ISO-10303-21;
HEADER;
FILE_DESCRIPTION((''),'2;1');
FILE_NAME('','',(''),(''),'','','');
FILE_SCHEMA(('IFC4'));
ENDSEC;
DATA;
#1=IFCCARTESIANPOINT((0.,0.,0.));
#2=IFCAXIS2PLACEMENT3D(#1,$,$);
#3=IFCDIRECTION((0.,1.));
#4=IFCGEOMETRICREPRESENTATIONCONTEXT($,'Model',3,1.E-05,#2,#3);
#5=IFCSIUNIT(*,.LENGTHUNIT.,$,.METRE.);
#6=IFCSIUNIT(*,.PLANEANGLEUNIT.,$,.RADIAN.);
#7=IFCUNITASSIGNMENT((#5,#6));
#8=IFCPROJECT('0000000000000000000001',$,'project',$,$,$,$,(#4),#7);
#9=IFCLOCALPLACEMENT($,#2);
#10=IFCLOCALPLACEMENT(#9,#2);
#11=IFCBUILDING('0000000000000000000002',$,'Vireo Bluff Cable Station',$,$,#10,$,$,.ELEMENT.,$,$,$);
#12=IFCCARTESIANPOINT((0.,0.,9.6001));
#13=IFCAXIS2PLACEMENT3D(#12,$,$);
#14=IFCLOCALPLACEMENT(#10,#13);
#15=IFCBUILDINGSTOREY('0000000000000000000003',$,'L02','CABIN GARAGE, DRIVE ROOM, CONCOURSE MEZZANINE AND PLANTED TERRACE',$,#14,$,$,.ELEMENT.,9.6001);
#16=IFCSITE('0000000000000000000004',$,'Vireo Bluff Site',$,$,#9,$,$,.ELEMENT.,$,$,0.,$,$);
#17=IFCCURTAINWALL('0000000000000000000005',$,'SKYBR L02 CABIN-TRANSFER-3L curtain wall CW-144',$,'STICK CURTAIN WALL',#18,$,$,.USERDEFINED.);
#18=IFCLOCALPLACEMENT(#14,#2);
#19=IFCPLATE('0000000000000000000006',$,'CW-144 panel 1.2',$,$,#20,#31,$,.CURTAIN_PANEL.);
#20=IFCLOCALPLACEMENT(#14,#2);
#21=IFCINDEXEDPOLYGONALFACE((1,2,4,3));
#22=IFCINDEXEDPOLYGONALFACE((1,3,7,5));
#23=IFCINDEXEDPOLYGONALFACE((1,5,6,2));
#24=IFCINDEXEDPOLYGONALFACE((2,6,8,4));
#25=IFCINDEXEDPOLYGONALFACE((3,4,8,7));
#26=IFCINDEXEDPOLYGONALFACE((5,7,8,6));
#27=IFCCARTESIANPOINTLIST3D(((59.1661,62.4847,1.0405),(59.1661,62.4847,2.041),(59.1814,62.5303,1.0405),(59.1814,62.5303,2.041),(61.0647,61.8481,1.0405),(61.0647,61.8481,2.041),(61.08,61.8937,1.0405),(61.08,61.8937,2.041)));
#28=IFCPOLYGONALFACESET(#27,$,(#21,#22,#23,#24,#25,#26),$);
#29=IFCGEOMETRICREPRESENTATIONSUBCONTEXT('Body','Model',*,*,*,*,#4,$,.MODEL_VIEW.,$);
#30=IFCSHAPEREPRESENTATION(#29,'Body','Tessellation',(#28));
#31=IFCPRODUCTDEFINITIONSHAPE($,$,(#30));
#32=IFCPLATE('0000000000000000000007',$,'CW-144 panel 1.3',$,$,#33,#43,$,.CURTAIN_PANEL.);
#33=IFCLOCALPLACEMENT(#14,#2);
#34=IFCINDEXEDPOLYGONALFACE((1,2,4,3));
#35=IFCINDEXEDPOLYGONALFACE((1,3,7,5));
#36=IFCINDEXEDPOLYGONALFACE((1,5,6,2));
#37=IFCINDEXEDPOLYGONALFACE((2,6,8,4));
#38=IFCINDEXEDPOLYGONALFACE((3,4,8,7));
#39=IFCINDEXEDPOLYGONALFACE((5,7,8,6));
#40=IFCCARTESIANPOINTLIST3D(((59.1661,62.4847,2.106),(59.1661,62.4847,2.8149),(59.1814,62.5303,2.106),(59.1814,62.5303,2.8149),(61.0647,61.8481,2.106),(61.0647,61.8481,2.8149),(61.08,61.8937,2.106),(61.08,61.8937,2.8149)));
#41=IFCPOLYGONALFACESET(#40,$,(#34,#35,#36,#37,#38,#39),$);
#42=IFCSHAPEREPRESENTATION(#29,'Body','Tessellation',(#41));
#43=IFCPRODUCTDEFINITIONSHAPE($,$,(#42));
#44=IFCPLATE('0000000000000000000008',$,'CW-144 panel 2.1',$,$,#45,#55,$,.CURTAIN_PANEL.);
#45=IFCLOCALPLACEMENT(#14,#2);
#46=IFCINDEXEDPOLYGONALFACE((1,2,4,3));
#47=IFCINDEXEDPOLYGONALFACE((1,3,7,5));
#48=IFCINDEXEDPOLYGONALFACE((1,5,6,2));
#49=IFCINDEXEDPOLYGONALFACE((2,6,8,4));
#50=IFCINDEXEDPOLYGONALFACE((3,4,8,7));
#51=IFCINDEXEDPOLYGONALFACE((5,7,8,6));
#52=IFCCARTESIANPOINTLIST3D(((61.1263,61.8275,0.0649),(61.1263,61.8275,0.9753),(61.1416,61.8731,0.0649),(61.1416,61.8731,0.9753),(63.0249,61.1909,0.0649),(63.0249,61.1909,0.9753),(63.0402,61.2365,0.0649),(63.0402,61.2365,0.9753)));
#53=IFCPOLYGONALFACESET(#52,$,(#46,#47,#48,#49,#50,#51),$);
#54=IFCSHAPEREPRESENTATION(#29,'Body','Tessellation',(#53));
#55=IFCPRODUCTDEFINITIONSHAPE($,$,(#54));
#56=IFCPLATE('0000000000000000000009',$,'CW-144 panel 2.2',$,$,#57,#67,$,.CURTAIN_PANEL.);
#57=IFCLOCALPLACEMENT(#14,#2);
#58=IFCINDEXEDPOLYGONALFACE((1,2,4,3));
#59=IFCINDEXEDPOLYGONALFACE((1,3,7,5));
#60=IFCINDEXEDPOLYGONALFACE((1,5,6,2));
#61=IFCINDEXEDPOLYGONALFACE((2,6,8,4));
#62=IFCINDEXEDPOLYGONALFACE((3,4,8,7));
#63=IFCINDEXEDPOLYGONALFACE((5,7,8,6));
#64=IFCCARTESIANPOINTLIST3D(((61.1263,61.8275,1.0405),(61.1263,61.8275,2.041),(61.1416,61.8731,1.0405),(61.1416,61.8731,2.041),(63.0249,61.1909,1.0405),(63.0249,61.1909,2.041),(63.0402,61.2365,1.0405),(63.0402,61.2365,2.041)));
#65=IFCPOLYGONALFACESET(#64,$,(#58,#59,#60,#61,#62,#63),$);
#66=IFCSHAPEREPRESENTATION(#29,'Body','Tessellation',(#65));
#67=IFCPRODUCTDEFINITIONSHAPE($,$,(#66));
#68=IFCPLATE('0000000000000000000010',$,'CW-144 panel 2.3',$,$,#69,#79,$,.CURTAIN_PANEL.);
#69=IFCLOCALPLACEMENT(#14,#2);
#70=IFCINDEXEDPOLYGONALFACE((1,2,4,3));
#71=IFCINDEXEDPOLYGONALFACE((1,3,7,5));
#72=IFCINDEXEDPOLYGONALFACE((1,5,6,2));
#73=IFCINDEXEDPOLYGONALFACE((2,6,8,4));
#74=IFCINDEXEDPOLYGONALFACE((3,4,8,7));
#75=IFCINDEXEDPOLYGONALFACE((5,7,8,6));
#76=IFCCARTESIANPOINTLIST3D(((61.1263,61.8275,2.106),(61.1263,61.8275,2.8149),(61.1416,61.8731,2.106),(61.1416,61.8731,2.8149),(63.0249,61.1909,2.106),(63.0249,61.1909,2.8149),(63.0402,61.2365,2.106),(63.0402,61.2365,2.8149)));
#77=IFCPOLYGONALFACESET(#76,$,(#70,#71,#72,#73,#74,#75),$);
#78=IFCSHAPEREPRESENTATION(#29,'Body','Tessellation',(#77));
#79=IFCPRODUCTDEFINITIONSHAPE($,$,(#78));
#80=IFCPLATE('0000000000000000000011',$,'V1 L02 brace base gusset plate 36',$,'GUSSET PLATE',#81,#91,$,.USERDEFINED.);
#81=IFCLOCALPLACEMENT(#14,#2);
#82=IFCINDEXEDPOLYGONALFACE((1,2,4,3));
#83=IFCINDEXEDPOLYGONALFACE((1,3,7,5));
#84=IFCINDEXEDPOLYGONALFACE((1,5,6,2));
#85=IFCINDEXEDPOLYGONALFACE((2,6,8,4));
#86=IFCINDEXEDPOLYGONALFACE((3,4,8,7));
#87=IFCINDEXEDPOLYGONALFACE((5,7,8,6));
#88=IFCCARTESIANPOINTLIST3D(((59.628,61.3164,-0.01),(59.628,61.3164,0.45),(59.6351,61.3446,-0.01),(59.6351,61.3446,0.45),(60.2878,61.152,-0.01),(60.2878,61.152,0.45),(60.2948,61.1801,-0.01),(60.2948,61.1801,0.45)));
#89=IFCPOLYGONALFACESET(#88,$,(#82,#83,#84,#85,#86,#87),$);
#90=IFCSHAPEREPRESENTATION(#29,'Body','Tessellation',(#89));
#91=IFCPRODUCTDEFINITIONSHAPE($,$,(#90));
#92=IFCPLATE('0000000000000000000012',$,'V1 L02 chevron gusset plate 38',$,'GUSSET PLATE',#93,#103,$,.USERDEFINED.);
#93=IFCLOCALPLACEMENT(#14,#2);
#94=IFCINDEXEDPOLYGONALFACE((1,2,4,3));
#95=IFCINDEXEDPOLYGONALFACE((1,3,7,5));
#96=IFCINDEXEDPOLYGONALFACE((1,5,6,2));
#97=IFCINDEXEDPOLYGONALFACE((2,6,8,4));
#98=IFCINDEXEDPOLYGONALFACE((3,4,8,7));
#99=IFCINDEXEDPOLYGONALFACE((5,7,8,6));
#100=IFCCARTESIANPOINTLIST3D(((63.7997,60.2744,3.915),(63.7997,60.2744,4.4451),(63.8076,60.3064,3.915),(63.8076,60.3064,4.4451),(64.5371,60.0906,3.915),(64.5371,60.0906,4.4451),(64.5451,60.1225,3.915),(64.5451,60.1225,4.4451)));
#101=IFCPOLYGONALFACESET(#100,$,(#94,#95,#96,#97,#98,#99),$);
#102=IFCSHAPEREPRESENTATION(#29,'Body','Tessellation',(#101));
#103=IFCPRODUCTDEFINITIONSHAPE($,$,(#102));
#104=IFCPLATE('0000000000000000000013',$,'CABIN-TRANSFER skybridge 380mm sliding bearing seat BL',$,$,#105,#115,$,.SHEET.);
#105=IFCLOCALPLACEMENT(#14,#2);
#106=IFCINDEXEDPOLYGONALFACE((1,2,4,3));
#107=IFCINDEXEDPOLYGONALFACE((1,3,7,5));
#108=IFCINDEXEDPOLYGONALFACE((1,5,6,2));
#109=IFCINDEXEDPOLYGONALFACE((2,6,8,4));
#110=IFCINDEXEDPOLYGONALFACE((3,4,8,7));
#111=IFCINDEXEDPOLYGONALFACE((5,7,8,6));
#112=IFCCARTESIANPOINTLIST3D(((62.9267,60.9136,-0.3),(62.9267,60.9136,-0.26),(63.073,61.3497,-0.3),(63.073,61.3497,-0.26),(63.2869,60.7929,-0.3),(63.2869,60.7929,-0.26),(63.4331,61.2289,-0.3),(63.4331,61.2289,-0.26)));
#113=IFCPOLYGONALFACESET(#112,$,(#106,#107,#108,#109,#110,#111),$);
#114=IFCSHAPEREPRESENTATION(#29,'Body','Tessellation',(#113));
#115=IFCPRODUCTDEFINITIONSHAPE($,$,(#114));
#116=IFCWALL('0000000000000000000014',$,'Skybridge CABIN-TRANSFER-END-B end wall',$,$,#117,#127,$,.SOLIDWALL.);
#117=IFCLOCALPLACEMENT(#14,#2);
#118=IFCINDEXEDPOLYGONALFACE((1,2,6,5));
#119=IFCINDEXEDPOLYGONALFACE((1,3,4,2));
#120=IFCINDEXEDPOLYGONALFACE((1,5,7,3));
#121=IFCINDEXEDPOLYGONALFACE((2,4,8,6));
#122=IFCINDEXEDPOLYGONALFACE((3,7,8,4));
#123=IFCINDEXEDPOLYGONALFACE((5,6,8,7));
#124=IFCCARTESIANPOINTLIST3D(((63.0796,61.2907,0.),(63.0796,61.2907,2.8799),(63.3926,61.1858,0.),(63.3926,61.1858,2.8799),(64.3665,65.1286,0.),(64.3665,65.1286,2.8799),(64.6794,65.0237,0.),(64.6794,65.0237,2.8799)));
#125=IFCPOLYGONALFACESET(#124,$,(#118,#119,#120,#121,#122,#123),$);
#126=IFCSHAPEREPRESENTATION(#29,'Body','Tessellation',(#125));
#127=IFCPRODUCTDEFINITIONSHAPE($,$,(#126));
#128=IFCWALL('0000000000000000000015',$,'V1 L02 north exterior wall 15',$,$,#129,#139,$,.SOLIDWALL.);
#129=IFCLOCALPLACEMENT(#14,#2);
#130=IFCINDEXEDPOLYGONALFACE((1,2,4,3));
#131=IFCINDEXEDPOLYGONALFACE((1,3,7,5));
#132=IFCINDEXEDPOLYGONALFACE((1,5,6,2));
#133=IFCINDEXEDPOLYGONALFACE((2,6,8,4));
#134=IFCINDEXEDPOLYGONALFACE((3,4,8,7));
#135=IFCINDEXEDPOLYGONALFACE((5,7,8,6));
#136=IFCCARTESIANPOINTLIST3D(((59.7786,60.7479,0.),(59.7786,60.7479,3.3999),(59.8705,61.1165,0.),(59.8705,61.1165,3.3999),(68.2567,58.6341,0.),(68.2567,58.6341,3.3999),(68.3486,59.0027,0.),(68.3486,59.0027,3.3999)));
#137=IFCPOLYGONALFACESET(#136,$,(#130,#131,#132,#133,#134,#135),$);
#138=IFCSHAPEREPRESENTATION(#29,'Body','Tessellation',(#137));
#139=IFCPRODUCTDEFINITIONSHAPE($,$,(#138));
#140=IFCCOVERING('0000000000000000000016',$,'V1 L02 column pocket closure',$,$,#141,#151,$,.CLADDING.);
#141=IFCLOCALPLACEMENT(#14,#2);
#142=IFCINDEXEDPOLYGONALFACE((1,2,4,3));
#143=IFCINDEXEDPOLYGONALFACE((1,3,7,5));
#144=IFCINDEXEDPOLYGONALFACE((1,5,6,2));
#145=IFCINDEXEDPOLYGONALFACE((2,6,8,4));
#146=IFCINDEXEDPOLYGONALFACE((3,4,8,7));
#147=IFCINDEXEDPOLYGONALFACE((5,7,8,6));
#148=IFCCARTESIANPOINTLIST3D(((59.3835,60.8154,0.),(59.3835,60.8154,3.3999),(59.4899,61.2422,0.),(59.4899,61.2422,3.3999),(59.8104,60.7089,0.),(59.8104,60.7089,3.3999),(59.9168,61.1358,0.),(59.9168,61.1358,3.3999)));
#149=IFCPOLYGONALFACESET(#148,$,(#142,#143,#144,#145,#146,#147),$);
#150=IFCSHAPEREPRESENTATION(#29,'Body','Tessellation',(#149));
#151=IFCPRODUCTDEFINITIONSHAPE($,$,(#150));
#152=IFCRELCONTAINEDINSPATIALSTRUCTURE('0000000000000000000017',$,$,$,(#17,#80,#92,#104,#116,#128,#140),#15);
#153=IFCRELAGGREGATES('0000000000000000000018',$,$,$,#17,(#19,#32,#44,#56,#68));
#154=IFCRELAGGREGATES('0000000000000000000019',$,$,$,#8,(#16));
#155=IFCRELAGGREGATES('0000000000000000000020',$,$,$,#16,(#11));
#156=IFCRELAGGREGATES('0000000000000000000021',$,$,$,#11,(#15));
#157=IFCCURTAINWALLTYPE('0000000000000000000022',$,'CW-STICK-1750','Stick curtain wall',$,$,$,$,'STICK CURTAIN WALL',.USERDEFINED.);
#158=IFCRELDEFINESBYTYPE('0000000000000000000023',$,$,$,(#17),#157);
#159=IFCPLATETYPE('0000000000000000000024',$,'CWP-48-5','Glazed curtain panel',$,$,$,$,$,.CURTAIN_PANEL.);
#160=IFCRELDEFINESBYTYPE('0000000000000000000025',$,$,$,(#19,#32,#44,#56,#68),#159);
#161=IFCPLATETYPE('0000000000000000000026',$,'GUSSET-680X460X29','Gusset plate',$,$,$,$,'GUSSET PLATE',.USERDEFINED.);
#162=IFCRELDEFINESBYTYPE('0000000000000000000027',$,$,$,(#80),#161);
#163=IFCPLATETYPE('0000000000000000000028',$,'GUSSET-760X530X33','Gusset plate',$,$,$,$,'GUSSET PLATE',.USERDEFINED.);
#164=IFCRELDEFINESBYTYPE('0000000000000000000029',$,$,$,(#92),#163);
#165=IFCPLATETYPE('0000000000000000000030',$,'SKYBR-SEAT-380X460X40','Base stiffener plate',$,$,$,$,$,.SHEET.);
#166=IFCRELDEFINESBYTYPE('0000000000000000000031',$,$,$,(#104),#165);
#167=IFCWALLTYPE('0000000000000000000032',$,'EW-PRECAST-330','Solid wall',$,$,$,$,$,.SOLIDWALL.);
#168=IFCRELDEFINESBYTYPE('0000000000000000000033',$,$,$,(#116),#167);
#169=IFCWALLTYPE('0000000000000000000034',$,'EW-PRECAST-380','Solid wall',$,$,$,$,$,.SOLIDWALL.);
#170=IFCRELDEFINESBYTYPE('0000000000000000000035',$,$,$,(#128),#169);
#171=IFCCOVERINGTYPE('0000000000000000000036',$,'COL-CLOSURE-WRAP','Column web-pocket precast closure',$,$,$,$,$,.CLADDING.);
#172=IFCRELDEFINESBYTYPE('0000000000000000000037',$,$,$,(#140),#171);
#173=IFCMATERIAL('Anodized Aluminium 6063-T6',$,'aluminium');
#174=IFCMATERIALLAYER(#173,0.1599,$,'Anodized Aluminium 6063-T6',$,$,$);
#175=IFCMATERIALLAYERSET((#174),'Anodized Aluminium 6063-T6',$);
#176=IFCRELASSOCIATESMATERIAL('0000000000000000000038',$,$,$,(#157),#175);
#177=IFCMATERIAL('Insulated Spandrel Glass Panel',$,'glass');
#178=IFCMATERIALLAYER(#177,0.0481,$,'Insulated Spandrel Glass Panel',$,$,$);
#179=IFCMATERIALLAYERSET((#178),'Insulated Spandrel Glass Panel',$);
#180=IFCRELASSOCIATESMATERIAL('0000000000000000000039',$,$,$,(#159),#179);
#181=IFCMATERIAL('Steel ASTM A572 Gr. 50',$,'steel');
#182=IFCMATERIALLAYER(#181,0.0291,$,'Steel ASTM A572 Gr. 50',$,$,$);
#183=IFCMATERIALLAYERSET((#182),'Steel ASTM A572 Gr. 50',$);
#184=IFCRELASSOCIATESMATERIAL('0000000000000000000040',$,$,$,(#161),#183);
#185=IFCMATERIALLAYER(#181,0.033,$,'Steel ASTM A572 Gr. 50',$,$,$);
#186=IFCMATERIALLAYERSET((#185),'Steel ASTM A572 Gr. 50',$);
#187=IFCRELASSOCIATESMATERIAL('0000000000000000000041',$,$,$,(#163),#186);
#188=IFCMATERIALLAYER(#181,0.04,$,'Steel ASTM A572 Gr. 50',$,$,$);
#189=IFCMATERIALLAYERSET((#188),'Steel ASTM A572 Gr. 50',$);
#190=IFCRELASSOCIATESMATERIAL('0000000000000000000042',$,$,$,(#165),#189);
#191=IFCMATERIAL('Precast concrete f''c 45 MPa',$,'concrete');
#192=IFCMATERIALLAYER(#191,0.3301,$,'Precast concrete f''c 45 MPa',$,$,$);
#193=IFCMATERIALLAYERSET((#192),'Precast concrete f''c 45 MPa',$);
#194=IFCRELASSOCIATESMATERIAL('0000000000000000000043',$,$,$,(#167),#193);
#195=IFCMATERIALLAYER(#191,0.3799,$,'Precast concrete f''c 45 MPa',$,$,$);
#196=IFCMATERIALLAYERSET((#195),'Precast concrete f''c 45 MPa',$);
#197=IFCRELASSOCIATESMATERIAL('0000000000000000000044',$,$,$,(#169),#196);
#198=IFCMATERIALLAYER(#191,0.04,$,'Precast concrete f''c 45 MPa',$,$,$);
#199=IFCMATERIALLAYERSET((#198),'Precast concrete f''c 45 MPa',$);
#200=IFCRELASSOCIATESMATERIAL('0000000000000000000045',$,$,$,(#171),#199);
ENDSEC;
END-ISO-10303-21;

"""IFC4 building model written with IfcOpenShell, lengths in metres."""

from ifc_helpers import new_model, si_unit, direction, frame, frame_2d, origin, origin_2d, place, context, subcontext, project, spatial, rectangle, extrude, material, layer, layer_set, type_object, element, aggregate, save


model = new_model("IFC4")

# Units and contexts
model_context = context("Model", 3, precision=1e-05, world=origin(), true_north=direction((0.0, 1.0)))
body_context = subcontext(model_context, "Body", "Model", "MODEL_VIEW")
ifc_project = project(units=[si_unit("LENGTHUNIT", "METRE"), si_unit("PLANEANGLEUNIT", "RADIAN")], contexts=[model_context])

# Site, building, storey
site_placement = place(None, origin())
site = spatial("IfcSite", under=ifc_project, at=site_placement, Name="Vireo Bluff Site", CompositionType="ELEMENT", RefElevation=0.0)
building_placement = place(site_placement, origin())
building = spatial("IfcBuilding", under=site, at=building_placement, Name="Vireo Bluff Cable Station", CompositionType="ELEMENT")
storey_placement = place(building_placement, frame((0.0, 0.0, 9.6001)))
storey = spatial("IfcBuildingStorey", under=building, at=storey_placement, Name="L02", Description="CABIN GARAGE, DRIVE ROOM, CONCOURSE MEZZANINE AND PLANTED TERRACE", CompositionType="ELEMENT", Elevation=9.6001)

# Shared definitions
ifc_material_1 = material(Name="Anodized Aluminium 6063-T6", Category="aluminium")

# Curtain wall
ifc_layer_1 = layer(ifc_material_1, 0.1599, Name="Anodized Aluminium 6063-T6")
ifc_layer_set_1 = layer_set([ifc_layer_1], Name="Anodized Aluminium 6063-T6")
curtain_wall_type_1 = type_object("IfcCurtainWallType", Name="CW-STICK-1750", Description="Stick curtain wall", ElementType="STICK CURTAIN WALL", PredefinedType="USERDEFINED", material=ifc_layer_set_1)
curtain_wall_1_placement = place(storey_placement, origin())
curtain_wall_1 = element("IfcCurtainWall", 1, at=curtain_wall_1_placement, inside=storey, type_object=curtain_wall_type_1, Name="SKYBR L02 CABIN-TRANSFER-3L curtain wall CW-144", ObjectType="STICK CURTAIN WALL", PredefinedType="USERDEFINED")

# Plates
ifc_material_2 = material(Name="Insulated Spandrel Glass Panel", Category="glass")
ifc_layer_2 = layer(ifc_material_2, 0.0481, Name="Insulated Spandrel Glass Panel")
ifc_layer_set_2 = layer_set([ifc_layer_2], Name="Insulated Spandrel Glass Panel")
plate_type_1 = type_object("IfcPlateType", Name="CWP-48-5", Description="Glazed curtain panel", PredefinedType="CURTAIN_PANEL", material=ifc_layer_set_2)
plate_1_placement = place(storey_placement, frame((60.123, 62.1892, 1.0405), z_axis=(0.0, 0.0, 1.0), x_axis=(0.948113, -0.317934, 0.0)))
plate_1 = element("IfcPlate", 2, at=plate_1_placement, type_object=plate_type_1, Name="CW-144 panel 1.2", PredefinedType="CURTAIN_PANEL", context=body_context, shape_type="SweptSolid", body=[
    extrude(rectangle(XDim=2.0024, YDim=0.0481, at=origin_2d()), origin(), (0.0, 0.0, 1.0), 1.0005),
])
plate_2_placement = place(storey_placement, frame((60.123, 62.1892, 2.106), z_axis=(0.0, 0.0, 1.0), x_axis=(0.948113, -0.317934, 0.0)))
plate_2 = element("IfcPlate", 3, at=plate_2_placement, type_object=plate_type_1, Name="CW-144 panel 1.3", PredefinedType="CURTAIN_PANEL", context=body_context, shape_type="SweptSolid", body=[
    extrude(rectangle(XDim=2.0024, YDim=0.0481, at=origin_2d()), origin(), (0.0, 0.0, 1.0), 0.709),
])
plate_3_placement = place(storey_placement, frame((62.0833, 61.532, 0.0649), z_axis=(0.0, 0.0, 1.0), x_axis=(0.948113, -0.317934, 0.0)))
plate_3 = element("IfcPlate", 4, at=plate_3_placement, type_object=plate_type_1, Name="CW-144 panel 2.1", PredefinedType="CURTAIN_PANEL", context=body_context, shape_type="SweptSolid", body=[
    extrude(rectangle(XDim=2.0024, YDim=0.0481, at=origin_2d()), origin(), (0.0, 0.0, 1.0), 0.9104),
])
plate_4_placement = place(storey_placement, frame((62.0833, 61.532, 1.0405), z_axis=(0.0, 0.0, 1.0), x_axis=(0.948113, -0.317934, 0.0)))
plate_4 = element("IfcPlate", 5, at=plate_4_placement, type_object=plate_type_1, Name="CW-144 panel 2.2", PredefinedType="CURTAIN_PANEL", context=body_context, shape_type="SweptSolid", body=[
    extrude(rectangle(XDim=2.0024, YDim=0.0481, at=origin_2d()), origin(), (0.0, 0.0, 1.0), 1.0005),
])
plate_5_placement = place(storey_placement, frame((62.0833, 61.532, 2.106), z_axis=(0.0, 0.0, 1.0), x_axis=(0.948113, -0.317934, 0.0)))
plate_5 = element("IfcPlate", 6, at=plate_5_placement, type_object=plate_type_1, Name="CW-144 panel 2.3", PredefinedType="CURTAIN_PANEL", context=body_context, shape_type="SweptSolid", body=[
    extrude(rectangle(XDim=2.0024, YDim=0.0481, at=origin_2d()), origin(), (0.0, 0.0, 1.0), 0.709),
])
aggregate(curtain_wall_1, [plate_1, plate_2, plate_3, plate_4, plate_5])

# Plates
ifc_material_3 = material(Name="Steel ASTM A572 Gr. 50", Category="steel")
ifc_layer_3 = layer(ifc_material_3, 0.0291, Name="Steel ASTM A572 Gr. 50")
ifc_layer_set_3 = layer_set([ifc_layer_3], Name="Steel ASTM A572 Gr. 50")
plate_type_2 = type_object("IfcPlateType", Name="GUSSET-680X460X29", Description="Gusset plate", ElementType="GUSSET PLATE", PredefinedType="USERDEFINED", material=ifc_layer_set_3)
plate_6_placement = place(storey_placement, frame((59.9614, 61.2483, -0.01), z_axis=(0.0, 0.0, 1.0), x_axis=(0.970296, -0.241922, 0.0)))
element("IfcPlate", 7, at=plate_6_placement, inside=storey, type_object=plate_type_2, Name="V1 L02 brace base gusset plate 36", ObjectType="GUSSET PLATE", PredefinedType="USERDEFINED", context=body_context, shape_type="SweptSolid", body=[
    extrude(rectangle(XDim=0.6799, YDim=0.0291, at=origin_2d()), origin(), (0.0, 0.0, 1.0), 0.46),
])
ifc_layer_4 = layer(ifc_material_3, 0.033, Name="Steel ASTM A572 Gr. 50")
ifc_layer_set_4 = layer_set([ifc_layer_4], Name="Steel ASTM A572 Gr. 50")
plate_type_3 = type_object("IfcPlateType", Name="GUSSET-760X530X33", Description="Gusset plate", ElementType="GUSSET PLATE", PredefinedType="USERDEFINED", material=ifc_layer_set_4)
plate_7_placement = place(storey_placement, frame((64.1724, 60.1985, 3.915), z_axis=(0.0, 0.0, 1.0), x_axis=(0.970296, -0.241922, 0.0)))
element("IfcPlate", 8, at=plate_7_placement, inside=storey, type_object=plate_type_3, Name="V1 L02 chevron gusset plate 38", ObjectType="GUSSET PLATE", PredefinedType="USERDEFINED", context=body_context, shape_type="SweptSolid", body=[
    extrude(rectangle(XDim=0.76, YDim=0.033, at=origin_2d()), origin(), (0.0, 0.0, 1.0), 0.53),
])
ifc_layer_5 = layer(ifc_material_3, 0.04, Name="Steel ASTM A572 Gr. 50")
ifc_layer_set_5 = layer_set([ifc_layer_5], Name="Steel ASTM A572 Gr. 50")
plate_type_4 = type_object("IfcPlateType", Name="SKYBR-SEAT-380X460X40", Description="Base stiffener plate", PredefinedType="SHEET", material=ifc_layer_set_5)
plate_8_placement = place(storey_placement, frame((63.1799, 61.0713, -0.3), z_axis=(0.0, 0.0, 1.0), x_axis=(0.948105, -0.317958, 0.0)))
element("IfcPlate", 9, at=plate_8_placement, inside=storey, type_object=plate_type_4, Name="CABIN-TRANSFER skybridge 380mm sliding bearing seat BL", PredefinedType="SHEET", context=body_context, shape_type="SweptSolid", body=[
    extrude(rectangle(XDim=0.3799, YDim=0.46, at=origin_2d()), origin(), (0.0, 0.0, 1.0), 0.04),
])

# Walls
ifc_material_4 = material(Name="Precast concrete f'c 45 MPa", Category="concrete")
ifc_layer_6 = layer(ifc_material_4, 0.3301, Name="Precast concrete f'c 45 MPa")
ifc_layer_set_6 = layer_set([ifc_layer_6], Name="Precast concrete f'c 45 MPa")
wall_type_1 = type_object("IfcWallType", Name="EW-PRECAST-330", Description="Solid wall", PredefinedType="SOLIDWALL", material=ifc_layer_set_6)
wall_1_placement = place(storey_placement, frame((63.2361, 61.2383, 0.0), z_axis=(0.0, 0.0, 1.0), x_axis=(0.31791, 0.948121, 0.0)))
element("IfcWall", 10, at=wall_1_placement, inside=storey, type_object=wall_type_1, Name="Skybridge CABIN-TRANSFER-END-B end wall", PredefinedType="SOLIDWALL", context=body_context, shape_type="SweptSolid", body=[
    extrude(rectangle(XDim=4.0479, YDim=0.3301, at=frame_2d((2.0239, 0.0))), origin(), (0.0, 0.0, 1.0), 2.8799),
])
ifc_layer_7 = layer(ifc_material_4, 0.3799, Name="Precast concrete f'c 45 MPa")
ifc_layer_set_7 = layer_set([ifc_layer_7], Name="Precast concrete f'c 45 MPa")
wall_type_2 = type_object("IfcWallType", Name="EW-PRECAST-380", Description="Solid wall", PredefinedType="SOLIDWALL", material=ifc_layer_set_7)
wall_2_placement = place(storey_placement, frame((59.8247, 60.9321, 0.0), z_axis=(0.0, 0.0, 1.0), x_axis=(0.970297, -0.241918, 0.0)))
element("IfcWall", 11, at=wall_2_placement, inside=storey, type_object=wall_type_2, Name="V1 L02 north exterior wall 15", PredefinedType="SOLIDWALL", context=body_context, shape_type="SweptSolid", body=[
    extrude(rectangle(XDim=8.7375, YDim=0.3799, at=frame_2d((4.3687, 0.0))), origin(), (0.0, 0.0, 1.0), 3.3999),
])

# Covering
ifc_layer_8 = layer(ifc_material_4, 0.04, Name="Precast concrete f'c 45 MPa")
ifc_layer_set_8 = layer_set([ifc_layer_8], Name="Precast concrete f'c 45 MPa")
covering_type = type_object("IfcCoveringType", Name="COL-CLOSURE-WRAP", Description="Column web-pocket precast closure", PredefinedType="CLADDING", material=ifc_layer_set_8)
covering_placement = place(storey_placement, frame((59.6501, 60.9756, 0.0), z_axis=(0.0, 0.0, 1.0), x_axis=(0.970296, -0.241922, 0.0)))
element("IfcCovering", 12, at=covering_placement, inside=storey, type_object=covering_type, Name="V1 L02 column pocket closure", PredefinedType="CLADDING", context=body_context, shape_type="SweptSolid", body=[
    extrude(rectangle(XDim=0.4399, YDim=0.4399, at=origin_2d()), origin(), (0.0, 0.0, 1.0), 3.3999),
])

save(model, "model.ifc")
